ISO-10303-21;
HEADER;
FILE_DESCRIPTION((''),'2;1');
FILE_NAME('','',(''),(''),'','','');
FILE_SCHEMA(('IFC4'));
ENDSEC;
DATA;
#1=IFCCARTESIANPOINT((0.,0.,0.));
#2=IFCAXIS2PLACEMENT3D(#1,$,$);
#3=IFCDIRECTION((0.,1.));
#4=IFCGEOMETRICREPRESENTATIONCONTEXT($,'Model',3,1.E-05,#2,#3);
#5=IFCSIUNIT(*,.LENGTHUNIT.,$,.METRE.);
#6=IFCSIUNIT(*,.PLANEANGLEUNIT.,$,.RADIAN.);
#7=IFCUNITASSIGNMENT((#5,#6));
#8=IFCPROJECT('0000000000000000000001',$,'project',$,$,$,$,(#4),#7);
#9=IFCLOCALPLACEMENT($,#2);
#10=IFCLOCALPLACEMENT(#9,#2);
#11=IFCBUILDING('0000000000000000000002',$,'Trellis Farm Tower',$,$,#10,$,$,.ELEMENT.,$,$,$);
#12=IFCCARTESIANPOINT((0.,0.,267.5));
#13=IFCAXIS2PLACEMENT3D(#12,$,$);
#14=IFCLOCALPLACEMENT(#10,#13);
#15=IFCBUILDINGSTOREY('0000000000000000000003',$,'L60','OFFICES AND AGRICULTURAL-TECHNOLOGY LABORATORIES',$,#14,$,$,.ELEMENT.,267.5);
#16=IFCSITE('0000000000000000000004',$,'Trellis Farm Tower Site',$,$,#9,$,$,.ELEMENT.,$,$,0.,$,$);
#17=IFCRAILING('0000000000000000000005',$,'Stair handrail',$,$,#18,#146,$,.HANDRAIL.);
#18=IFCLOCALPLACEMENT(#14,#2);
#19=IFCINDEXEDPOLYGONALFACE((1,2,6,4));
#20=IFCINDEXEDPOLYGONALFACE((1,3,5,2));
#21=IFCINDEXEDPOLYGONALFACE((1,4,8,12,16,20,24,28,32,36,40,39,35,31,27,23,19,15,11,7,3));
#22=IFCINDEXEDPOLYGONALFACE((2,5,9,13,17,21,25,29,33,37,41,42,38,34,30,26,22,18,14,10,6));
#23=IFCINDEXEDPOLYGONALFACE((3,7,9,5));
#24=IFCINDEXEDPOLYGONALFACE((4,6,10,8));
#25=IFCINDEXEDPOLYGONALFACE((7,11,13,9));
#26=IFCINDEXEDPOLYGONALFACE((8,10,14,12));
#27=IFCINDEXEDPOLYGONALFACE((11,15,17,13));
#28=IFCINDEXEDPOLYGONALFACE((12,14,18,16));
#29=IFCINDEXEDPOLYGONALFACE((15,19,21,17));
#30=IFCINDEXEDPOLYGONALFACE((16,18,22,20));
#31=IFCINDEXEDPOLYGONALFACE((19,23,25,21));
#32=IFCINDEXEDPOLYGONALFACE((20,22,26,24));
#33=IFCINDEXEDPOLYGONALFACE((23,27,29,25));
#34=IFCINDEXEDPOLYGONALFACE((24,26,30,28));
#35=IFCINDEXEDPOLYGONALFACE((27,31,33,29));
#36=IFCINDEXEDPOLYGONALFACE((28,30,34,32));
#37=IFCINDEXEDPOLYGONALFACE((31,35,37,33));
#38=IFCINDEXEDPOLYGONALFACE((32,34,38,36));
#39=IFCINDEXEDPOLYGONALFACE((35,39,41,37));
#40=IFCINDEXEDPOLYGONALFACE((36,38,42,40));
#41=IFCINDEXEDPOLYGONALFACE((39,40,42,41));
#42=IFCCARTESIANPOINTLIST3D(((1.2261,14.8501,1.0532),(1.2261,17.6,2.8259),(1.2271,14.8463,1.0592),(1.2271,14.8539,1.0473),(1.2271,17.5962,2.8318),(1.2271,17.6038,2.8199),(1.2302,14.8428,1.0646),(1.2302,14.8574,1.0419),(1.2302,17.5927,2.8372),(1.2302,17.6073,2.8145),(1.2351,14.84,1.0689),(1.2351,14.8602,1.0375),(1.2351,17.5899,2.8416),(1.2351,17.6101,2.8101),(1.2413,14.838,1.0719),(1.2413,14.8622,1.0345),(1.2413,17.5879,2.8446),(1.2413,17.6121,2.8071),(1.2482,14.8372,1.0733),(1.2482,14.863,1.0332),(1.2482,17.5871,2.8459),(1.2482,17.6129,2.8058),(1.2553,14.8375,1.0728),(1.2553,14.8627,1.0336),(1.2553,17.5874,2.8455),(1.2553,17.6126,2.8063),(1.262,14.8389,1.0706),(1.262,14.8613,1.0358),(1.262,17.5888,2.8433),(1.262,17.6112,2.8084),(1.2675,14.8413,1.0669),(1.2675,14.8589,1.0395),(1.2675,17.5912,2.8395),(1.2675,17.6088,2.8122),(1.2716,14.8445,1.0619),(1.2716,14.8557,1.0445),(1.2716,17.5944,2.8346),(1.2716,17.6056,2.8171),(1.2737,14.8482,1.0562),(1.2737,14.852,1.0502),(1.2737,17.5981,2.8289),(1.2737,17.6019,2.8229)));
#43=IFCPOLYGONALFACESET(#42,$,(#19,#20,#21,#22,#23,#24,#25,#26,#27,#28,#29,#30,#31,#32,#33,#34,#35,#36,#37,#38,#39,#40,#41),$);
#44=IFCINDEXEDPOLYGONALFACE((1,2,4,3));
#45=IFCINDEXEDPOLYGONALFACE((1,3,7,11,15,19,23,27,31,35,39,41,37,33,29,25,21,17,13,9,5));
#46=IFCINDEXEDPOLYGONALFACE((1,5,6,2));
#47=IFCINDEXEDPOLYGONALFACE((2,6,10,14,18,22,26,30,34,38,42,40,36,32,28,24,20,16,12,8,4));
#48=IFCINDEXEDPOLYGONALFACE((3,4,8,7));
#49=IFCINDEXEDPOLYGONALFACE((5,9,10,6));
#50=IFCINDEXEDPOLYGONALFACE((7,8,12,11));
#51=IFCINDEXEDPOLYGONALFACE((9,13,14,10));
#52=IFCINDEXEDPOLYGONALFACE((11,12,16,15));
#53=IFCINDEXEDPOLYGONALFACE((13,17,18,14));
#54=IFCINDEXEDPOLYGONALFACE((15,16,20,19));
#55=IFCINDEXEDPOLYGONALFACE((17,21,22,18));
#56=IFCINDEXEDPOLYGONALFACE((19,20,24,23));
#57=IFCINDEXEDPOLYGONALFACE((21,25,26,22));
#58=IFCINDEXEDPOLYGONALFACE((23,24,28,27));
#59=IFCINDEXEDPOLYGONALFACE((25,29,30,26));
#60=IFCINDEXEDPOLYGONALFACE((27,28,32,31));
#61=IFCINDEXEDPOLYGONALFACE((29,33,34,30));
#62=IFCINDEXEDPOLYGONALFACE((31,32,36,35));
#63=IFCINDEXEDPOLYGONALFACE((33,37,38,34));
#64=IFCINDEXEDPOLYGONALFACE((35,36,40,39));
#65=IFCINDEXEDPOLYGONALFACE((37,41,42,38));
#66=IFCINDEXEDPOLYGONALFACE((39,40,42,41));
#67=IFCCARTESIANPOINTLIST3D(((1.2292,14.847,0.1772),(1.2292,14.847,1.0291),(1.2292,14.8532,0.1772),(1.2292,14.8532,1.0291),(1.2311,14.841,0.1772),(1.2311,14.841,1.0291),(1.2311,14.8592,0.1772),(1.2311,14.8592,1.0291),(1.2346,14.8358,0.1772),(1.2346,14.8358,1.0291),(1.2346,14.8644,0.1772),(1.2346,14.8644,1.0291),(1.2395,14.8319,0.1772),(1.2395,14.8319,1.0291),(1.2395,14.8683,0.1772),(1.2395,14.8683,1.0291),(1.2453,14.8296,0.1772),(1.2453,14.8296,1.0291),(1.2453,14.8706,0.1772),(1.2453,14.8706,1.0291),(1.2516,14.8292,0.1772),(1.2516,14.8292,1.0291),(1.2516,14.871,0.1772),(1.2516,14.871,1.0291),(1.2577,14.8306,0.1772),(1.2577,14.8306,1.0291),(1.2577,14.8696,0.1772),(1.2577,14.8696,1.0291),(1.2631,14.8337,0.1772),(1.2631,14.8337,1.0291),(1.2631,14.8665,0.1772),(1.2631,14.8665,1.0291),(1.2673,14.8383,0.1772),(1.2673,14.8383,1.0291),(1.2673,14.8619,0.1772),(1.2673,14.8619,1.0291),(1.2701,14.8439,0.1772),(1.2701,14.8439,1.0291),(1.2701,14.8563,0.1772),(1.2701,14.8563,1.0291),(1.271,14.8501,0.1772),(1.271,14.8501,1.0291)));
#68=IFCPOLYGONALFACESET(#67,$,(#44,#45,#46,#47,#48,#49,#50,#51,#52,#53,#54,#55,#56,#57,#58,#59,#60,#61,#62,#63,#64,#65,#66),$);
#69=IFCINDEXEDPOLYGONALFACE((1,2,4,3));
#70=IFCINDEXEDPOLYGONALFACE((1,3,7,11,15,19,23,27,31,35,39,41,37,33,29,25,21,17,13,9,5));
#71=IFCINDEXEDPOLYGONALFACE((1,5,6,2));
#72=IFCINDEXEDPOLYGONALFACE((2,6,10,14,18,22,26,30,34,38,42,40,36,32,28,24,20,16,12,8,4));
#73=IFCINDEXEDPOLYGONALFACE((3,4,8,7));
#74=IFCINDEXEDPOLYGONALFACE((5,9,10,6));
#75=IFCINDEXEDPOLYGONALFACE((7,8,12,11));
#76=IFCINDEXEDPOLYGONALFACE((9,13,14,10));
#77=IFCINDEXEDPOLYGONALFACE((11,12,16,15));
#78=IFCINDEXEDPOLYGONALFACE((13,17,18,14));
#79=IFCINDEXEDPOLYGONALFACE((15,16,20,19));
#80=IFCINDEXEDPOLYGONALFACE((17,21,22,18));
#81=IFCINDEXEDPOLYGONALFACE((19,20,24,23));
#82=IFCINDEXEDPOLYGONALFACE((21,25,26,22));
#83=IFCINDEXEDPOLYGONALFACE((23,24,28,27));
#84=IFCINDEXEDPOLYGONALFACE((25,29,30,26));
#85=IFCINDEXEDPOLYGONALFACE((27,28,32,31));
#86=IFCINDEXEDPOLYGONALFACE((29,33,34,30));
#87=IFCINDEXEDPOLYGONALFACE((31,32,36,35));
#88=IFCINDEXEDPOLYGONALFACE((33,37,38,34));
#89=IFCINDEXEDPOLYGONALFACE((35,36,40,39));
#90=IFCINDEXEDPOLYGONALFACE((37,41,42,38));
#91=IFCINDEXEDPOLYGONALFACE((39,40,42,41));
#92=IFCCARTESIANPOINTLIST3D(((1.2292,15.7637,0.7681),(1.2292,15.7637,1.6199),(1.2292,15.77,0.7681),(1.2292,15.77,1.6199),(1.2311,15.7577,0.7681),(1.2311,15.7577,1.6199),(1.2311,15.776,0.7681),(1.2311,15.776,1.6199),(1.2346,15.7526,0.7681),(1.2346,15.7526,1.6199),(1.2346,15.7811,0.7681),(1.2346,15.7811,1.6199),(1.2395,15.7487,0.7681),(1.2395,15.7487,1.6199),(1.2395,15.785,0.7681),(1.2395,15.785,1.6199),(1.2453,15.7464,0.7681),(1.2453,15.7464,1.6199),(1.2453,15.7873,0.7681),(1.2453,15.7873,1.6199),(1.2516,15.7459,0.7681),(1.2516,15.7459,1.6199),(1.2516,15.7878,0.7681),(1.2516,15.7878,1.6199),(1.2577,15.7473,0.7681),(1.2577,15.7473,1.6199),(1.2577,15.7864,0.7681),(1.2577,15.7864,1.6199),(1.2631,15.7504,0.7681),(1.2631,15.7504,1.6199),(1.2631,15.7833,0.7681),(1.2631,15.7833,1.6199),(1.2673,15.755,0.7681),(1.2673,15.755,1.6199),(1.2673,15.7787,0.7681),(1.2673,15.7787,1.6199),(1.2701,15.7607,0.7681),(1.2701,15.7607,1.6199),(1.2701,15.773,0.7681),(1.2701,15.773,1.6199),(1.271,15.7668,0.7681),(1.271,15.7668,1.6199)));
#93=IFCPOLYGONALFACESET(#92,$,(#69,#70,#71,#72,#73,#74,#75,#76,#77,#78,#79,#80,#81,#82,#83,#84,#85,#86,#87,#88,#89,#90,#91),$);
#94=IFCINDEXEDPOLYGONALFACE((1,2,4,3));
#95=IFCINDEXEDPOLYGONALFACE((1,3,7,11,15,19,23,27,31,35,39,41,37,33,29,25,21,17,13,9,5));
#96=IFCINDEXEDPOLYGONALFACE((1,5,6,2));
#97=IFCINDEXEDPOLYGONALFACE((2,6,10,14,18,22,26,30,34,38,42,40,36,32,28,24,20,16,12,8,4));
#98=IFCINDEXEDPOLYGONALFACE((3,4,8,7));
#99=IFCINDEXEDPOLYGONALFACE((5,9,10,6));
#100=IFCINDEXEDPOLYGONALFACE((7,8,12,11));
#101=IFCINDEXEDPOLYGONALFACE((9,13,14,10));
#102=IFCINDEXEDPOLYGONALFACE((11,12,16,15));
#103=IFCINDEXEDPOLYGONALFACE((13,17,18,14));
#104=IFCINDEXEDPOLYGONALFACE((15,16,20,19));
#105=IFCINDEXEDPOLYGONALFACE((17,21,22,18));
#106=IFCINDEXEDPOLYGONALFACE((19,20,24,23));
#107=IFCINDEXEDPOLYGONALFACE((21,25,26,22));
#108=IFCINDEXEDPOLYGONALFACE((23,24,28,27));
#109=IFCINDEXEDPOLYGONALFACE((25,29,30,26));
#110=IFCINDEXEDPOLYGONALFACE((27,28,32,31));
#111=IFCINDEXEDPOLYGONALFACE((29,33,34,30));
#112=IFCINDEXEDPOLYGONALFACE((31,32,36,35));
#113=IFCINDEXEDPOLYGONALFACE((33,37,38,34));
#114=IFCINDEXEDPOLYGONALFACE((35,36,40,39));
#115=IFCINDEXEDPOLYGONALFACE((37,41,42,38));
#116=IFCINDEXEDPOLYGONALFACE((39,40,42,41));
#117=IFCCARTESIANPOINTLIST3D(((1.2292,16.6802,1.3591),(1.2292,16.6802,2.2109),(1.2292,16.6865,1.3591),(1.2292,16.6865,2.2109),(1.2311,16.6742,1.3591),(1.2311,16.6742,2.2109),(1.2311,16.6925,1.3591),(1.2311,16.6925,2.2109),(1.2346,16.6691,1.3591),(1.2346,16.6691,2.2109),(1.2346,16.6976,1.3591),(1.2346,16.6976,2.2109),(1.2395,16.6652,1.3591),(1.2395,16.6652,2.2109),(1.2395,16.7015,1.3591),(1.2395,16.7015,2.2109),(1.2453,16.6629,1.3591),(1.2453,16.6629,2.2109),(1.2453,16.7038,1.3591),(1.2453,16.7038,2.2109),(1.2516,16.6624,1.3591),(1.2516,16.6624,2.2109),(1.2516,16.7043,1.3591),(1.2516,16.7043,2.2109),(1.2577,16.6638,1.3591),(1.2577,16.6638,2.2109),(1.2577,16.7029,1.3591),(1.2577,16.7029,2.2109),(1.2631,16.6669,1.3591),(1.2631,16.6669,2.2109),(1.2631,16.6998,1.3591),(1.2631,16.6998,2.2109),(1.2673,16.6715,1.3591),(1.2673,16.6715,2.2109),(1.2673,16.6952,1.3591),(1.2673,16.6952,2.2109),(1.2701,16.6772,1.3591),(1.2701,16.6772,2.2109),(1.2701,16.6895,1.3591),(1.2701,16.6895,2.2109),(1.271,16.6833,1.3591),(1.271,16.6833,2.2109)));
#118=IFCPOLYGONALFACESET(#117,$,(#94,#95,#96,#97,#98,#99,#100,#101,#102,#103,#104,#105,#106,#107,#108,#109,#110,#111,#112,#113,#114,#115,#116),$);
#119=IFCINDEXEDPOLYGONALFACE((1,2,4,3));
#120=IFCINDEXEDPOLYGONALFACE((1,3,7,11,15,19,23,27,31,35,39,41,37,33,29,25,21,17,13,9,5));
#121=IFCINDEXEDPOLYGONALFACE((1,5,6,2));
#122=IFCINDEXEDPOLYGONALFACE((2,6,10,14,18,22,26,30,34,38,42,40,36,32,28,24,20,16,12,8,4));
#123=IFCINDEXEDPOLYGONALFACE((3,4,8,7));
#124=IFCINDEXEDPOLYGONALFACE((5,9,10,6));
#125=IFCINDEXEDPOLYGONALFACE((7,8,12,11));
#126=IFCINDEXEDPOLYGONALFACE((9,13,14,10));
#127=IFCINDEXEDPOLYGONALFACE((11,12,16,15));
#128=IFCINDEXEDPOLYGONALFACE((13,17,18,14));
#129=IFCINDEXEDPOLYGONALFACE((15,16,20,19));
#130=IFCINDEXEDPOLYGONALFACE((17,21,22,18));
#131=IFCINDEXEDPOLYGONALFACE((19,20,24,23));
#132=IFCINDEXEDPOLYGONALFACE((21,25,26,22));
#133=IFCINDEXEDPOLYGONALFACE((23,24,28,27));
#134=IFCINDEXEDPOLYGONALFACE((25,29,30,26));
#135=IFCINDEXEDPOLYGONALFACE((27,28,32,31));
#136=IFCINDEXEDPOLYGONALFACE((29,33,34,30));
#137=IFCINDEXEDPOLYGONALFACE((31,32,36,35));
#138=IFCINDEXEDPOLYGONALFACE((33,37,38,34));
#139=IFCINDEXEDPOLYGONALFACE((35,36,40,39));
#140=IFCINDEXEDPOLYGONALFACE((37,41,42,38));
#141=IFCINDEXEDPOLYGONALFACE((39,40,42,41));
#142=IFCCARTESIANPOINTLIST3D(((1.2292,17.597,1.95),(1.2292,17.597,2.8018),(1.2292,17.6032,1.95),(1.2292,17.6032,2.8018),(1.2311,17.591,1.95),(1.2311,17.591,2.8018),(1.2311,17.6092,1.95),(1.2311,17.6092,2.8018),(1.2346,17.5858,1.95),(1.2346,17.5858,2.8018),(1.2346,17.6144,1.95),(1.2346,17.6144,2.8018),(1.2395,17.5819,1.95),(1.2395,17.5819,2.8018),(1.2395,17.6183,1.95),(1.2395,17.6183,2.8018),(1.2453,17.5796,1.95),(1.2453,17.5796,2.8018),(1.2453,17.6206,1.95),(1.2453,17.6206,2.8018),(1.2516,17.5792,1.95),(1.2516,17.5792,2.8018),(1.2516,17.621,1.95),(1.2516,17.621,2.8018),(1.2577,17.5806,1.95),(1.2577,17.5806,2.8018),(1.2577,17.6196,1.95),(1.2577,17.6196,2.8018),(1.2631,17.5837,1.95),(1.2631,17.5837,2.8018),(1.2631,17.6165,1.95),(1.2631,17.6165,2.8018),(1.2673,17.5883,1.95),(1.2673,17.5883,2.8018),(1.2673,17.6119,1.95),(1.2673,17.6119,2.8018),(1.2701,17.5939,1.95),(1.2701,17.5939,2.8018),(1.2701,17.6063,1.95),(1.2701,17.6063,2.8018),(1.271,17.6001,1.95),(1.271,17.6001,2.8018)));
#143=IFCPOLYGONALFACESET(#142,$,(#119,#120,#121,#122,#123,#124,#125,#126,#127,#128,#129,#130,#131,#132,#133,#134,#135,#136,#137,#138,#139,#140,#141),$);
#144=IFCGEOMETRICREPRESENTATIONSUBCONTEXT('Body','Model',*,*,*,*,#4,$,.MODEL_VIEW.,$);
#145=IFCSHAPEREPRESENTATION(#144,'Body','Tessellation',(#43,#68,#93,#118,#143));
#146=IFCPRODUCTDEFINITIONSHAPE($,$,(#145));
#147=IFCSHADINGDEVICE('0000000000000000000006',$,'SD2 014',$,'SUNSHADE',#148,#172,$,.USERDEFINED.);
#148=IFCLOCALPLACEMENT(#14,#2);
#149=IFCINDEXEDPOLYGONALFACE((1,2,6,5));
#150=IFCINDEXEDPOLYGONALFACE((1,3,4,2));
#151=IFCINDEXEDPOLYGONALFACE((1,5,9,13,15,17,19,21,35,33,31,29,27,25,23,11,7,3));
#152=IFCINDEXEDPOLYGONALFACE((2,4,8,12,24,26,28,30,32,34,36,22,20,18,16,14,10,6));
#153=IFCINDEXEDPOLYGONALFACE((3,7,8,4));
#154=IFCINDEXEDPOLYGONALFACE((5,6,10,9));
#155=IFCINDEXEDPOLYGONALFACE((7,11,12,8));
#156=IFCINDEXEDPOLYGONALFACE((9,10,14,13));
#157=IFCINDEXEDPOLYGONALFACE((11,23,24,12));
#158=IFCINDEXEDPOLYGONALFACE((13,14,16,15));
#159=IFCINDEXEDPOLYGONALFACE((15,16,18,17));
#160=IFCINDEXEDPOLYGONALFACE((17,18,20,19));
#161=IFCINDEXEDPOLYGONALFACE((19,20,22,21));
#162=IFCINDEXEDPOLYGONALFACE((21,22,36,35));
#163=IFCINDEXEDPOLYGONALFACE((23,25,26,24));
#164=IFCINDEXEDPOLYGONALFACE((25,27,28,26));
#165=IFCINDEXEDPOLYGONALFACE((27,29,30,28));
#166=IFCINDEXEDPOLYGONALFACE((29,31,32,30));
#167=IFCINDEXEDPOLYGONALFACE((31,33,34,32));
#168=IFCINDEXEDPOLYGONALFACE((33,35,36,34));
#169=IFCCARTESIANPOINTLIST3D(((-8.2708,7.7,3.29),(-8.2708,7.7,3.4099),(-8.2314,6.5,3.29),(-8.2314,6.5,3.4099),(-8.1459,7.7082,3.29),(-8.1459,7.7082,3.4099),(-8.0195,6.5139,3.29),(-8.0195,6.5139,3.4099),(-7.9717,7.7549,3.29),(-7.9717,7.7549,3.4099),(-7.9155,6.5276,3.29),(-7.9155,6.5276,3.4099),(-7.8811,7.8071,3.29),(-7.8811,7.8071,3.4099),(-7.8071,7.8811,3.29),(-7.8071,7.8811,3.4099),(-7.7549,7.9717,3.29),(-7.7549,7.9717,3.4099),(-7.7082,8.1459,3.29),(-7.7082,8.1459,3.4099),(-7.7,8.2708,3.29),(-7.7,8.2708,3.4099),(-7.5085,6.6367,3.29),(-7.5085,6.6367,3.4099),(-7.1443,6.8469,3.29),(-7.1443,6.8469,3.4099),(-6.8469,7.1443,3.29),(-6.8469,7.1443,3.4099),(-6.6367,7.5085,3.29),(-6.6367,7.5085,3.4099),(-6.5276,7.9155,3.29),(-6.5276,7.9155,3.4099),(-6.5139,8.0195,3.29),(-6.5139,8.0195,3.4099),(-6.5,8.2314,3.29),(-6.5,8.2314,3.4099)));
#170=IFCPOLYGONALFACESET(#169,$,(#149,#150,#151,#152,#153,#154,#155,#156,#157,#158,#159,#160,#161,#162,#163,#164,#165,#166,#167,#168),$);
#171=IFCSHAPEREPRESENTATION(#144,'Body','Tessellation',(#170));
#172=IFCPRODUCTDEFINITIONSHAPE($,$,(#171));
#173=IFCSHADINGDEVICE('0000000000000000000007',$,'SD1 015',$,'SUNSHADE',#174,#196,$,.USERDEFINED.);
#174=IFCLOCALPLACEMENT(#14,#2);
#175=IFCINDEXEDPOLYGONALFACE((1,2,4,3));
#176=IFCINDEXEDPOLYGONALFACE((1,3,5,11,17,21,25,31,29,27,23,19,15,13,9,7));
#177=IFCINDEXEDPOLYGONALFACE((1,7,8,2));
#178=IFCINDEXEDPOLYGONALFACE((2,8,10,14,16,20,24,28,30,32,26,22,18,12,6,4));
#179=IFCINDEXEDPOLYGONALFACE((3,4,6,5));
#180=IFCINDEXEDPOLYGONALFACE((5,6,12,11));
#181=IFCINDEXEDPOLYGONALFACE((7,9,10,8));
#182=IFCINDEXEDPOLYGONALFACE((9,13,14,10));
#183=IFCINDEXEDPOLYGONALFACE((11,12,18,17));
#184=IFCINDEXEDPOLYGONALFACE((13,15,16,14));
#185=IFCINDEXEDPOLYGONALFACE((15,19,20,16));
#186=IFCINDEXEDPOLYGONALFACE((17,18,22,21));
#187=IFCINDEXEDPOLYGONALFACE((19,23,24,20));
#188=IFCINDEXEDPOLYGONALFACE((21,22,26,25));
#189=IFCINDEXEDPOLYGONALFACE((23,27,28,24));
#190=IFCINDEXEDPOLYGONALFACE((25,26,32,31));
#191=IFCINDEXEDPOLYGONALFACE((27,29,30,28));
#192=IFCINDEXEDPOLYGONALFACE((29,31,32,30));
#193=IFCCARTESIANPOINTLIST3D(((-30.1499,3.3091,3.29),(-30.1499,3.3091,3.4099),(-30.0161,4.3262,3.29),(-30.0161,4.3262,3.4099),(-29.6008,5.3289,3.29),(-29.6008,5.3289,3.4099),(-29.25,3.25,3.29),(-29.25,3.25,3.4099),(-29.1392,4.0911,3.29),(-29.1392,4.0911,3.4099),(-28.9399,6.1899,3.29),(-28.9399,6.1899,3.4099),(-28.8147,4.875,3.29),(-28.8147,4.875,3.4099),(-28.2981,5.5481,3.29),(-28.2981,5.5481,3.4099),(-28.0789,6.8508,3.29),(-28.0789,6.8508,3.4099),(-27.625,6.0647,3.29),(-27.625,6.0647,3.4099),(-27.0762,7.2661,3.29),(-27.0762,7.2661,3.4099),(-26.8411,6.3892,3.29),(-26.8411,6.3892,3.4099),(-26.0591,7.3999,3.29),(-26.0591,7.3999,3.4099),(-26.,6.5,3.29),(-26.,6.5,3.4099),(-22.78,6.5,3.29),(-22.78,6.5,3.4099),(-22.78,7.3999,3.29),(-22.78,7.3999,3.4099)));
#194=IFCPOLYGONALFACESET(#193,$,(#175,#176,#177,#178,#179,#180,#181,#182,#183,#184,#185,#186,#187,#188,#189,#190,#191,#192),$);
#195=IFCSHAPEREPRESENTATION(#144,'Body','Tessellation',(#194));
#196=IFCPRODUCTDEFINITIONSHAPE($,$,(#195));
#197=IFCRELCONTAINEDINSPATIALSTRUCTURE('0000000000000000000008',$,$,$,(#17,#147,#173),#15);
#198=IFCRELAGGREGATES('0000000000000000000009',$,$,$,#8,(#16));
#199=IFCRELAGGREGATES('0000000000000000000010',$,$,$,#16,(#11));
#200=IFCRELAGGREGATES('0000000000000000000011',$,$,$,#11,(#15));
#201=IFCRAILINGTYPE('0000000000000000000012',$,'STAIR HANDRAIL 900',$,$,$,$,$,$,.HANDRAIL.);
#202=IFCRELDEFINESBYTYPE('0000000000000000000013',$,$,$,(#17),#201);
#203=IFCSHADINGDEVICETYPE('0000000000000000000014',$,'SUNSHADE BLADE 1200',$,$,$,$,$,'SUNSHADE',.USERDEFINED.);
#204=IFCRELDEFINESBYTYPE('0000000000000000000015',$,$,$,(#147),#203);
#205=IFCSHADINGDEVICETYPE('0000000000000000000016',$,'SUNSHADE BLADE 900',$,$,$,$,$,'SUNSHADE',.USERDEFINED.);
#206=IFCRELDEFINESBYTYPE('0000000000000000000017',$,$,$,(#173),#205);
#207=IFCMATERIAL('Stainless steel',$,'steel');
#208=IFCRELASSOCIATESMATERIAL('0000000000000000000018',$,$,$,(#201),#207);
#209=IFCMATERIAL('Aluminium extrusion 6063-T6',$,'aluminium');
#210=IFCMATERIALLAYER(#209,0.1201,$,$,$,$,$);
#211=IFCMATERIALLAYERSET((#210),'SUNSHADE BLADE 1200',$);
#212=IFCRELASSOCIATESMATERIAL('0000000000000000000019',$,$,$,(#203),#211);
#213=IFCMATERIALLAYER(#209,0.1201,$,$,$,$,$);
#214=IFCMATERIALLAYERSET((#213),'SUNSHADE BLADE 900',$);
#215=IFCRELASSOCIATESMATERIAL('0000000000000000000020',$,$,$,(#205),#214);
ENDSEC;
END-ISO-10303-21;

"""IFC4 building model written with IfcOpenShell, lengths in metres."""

from ifc_helpers import new_model, si_unit, direction, frame, origin, origin_2d, place, context, subcontext, project, spatial, polyline, circle, outline, extrude, source, transform, mapped, material, layer, layer_set, type_object, element, save


model = new_model("IFC4")

# Units and contexts
model_context = context("Model", 3, precision=1e-05, world=origin(), true_north=direction((0.0, 1.0)))
body_context = subcontext(model_context, "Body", "Model", "MODEL_VIEW")
ifc_project = project(units=[si_unit("LENGTHUNIT", "METRE"), si_unit("PLANEANGLEUNIT", "RADIAN")], contexts=[model_context])

# Site, building, storey
site_placement = place(None, origin())
site = spatial("IfcSite", under=ifc_project, at=site_placement, Name="Trellis Farm Tower Site", CompositionType="ELEMENT", RefElevation=0.0)
building_placement = place(site_placement, origin())
building = spatial("IfcBuilding", under=site, at=building_placement, Name="Trellis Farm Tower", CompositionType="ELEMENT")
storey_placement = place(building_placement, frame((0.0, 0.0, 267.5)))
storey = spatial("IfcBuildingStorey", under=building, at=storey_placement, Name="L60", Description="OFFICES AND AGRICULTURAL-TECHNOLOGY LABORATORIES", CompositionType="ELEMENT", Elevation=267.5)

# Shared definitions
ifc_material_1 = material(Name="Aluminium extrusion 6063-T6", Category="aluminium")

# Railing
ifc_material_2 = material(Name="Stainless steel", Category="steel")
railing_type = type_object("IfcRailingType", Name="STAIR HANDRAIL 900", PredefinedType="HANDRAIL", material=ifc_material_2)
shared_shape_1 = source(origin(), body_context, "Body", "SweptSolid", [
    extrude(circle(Radius=0.0239, at=origin_2d()), frame((0.0, 0.0, 0.876), z_axis=(0.0, 0.840504, 0.541806), x_axis=(-1.0, 0.0, 0.0)), (0.0, 0.0, 1.0), 3.2717),
    extrude(circle(Radius=0.021, at=origin_2d()), origin(), (0.0, 0.0, 1.0), 0.8518),
    extrude(circle(Radius=0.021, at=origin_2d()), frame((0.0, 0.9167, 0.5908)), (0.0, 0.0, 1.0), 0.8518),
    extrude(circle(Radius=0.021, at=origin_2d()), frame((0.0, 1.8333, 1.1819)), (0.0, 0.0, 1.0), 0.8518),
    extrude(circle(Radius=0.021, at=origin_2d()), frame((0.0, 2.75, 1.7727)), (0.0, 0.0, 1.0), 0.8518),
])
railing_placement = place(storey_placement, frame((1.25, 14.8501, 0.1772)))
element("IfcRailing", 1, at=railing_placement, inside=storey, type_object=railing_type, Name="Stair handrail", PredefinedType="HANDRAIL", context=body_context, shape_type="MappedRepresentation", body=[
    mapped(shared_shape_1, transform((0.0, 0.0, 0.0))),
])

# Shading devices
ifc_layer_1 = layer(ifc_material_1, 0.1201)
ifc_layer_set_1 = layer_set([ifc_layer_1], Name="SUNSHADE BLADE 1200")
shading_device_type_1 = type_object("IfcShadingDeviceType", Name="SUNSHADE BLADE 1200", ElementType="SUNSHADE", PredefinedType="USERDEFINED", material=ifc_layer_set_1)
shared_shape_2 = source(origin(), body_context, "Body", "SweptSolid", [
    extrude(outline(polyline([(-7.7, 8.2708), (-7.7087, 8.1372), (-7.707, 8.1501), (-7.7549, 7.9717), (-7.8071, 7.8811), (-7.8811, 7.8071), (-7.9717, 7.7549), (-8.1501, 7.707), (-8.1372, 7.7087), (-8.2708, 7.7), (-8.2314, 6.5), (-8.0195, 6.5139), (-7.9155, 6.5276), (-7.5085, 6.6367), (-7.1443, 6.8469), (-6.8469, 7.1443), (-6.6367, 7.5085), (-6.5276, 7.9155), (-6.5139, 8.0195), (-6.5, 8.2314), (-7.7, 8.2708)])), origin(), (0.0, 0.0, 1.0), 0.1199),
])
placement_1 = place(storey_placement, frame((0.0, 0.0, 3.29)))
element("IfcShadingDevice", 2, at=placement_1, inside=storey, type_object=shading_device_type_1, Name="SD2 014", ObjectType="SUNSHADE", PredefinedType="USERDEFINED", context=body_context, shape_type="MappedRepresentation", body=[
    mapped(shared_shape_2, transform((0.0, 0.0, 0.0))),
])
ifc_layer_2 = layer(ifc_material_1, 0.1201)
ifc_layer_set_2 = layer_set([ifc_layer_2], Name="SUNSHADE BLADE 900")
shading_device_type_2 = type_object("IfcShadingDeviceType", Name="SUNSHADE BLADE 900", ElementType="SUNSHADE", PredefinedType="USERDEFINED", material=ifc_layer_set_2)
shared_shape_3 = source(origin(), body_context, "Body", "SweptSolid", [
    extrude(outline(polyline([(-22.78, 7.3999), (-26.0591, 7.3999), (-27.0762, 7.2661), (-28.0789, 6.8508), (-28.9399, 6.1899), (-29.6008, 5.3289), (-30.0161, 4.3262), (-30.1499, 3.3091), (-29.25, 3.25), (-29.1392, 4.0911), (-28.8147, 4.875), (-28.2981, 5.5481), (-27.625, 6.0647), (-26.8411, 6.3892), (-26.0, 6.5), (-22.78, 6.5), (-22.78, 7.3999)])), origin(), (0.0, 0.0, 1.0), 0.1199),
])
element("IfcShadingDevice", 3, at=placement_1, inside=storey, type_object=shading_device_type_2, Name="SD1 015", ObjectType="SUNSHADE", PredefinedType="USERDEFINED", context=body_context, shape_type="MappedRepresentation", body=[
    mapped(shared_shape_3, transform((0.0, 0.0, 0.0))),
])

save(model, "model.ifc")
